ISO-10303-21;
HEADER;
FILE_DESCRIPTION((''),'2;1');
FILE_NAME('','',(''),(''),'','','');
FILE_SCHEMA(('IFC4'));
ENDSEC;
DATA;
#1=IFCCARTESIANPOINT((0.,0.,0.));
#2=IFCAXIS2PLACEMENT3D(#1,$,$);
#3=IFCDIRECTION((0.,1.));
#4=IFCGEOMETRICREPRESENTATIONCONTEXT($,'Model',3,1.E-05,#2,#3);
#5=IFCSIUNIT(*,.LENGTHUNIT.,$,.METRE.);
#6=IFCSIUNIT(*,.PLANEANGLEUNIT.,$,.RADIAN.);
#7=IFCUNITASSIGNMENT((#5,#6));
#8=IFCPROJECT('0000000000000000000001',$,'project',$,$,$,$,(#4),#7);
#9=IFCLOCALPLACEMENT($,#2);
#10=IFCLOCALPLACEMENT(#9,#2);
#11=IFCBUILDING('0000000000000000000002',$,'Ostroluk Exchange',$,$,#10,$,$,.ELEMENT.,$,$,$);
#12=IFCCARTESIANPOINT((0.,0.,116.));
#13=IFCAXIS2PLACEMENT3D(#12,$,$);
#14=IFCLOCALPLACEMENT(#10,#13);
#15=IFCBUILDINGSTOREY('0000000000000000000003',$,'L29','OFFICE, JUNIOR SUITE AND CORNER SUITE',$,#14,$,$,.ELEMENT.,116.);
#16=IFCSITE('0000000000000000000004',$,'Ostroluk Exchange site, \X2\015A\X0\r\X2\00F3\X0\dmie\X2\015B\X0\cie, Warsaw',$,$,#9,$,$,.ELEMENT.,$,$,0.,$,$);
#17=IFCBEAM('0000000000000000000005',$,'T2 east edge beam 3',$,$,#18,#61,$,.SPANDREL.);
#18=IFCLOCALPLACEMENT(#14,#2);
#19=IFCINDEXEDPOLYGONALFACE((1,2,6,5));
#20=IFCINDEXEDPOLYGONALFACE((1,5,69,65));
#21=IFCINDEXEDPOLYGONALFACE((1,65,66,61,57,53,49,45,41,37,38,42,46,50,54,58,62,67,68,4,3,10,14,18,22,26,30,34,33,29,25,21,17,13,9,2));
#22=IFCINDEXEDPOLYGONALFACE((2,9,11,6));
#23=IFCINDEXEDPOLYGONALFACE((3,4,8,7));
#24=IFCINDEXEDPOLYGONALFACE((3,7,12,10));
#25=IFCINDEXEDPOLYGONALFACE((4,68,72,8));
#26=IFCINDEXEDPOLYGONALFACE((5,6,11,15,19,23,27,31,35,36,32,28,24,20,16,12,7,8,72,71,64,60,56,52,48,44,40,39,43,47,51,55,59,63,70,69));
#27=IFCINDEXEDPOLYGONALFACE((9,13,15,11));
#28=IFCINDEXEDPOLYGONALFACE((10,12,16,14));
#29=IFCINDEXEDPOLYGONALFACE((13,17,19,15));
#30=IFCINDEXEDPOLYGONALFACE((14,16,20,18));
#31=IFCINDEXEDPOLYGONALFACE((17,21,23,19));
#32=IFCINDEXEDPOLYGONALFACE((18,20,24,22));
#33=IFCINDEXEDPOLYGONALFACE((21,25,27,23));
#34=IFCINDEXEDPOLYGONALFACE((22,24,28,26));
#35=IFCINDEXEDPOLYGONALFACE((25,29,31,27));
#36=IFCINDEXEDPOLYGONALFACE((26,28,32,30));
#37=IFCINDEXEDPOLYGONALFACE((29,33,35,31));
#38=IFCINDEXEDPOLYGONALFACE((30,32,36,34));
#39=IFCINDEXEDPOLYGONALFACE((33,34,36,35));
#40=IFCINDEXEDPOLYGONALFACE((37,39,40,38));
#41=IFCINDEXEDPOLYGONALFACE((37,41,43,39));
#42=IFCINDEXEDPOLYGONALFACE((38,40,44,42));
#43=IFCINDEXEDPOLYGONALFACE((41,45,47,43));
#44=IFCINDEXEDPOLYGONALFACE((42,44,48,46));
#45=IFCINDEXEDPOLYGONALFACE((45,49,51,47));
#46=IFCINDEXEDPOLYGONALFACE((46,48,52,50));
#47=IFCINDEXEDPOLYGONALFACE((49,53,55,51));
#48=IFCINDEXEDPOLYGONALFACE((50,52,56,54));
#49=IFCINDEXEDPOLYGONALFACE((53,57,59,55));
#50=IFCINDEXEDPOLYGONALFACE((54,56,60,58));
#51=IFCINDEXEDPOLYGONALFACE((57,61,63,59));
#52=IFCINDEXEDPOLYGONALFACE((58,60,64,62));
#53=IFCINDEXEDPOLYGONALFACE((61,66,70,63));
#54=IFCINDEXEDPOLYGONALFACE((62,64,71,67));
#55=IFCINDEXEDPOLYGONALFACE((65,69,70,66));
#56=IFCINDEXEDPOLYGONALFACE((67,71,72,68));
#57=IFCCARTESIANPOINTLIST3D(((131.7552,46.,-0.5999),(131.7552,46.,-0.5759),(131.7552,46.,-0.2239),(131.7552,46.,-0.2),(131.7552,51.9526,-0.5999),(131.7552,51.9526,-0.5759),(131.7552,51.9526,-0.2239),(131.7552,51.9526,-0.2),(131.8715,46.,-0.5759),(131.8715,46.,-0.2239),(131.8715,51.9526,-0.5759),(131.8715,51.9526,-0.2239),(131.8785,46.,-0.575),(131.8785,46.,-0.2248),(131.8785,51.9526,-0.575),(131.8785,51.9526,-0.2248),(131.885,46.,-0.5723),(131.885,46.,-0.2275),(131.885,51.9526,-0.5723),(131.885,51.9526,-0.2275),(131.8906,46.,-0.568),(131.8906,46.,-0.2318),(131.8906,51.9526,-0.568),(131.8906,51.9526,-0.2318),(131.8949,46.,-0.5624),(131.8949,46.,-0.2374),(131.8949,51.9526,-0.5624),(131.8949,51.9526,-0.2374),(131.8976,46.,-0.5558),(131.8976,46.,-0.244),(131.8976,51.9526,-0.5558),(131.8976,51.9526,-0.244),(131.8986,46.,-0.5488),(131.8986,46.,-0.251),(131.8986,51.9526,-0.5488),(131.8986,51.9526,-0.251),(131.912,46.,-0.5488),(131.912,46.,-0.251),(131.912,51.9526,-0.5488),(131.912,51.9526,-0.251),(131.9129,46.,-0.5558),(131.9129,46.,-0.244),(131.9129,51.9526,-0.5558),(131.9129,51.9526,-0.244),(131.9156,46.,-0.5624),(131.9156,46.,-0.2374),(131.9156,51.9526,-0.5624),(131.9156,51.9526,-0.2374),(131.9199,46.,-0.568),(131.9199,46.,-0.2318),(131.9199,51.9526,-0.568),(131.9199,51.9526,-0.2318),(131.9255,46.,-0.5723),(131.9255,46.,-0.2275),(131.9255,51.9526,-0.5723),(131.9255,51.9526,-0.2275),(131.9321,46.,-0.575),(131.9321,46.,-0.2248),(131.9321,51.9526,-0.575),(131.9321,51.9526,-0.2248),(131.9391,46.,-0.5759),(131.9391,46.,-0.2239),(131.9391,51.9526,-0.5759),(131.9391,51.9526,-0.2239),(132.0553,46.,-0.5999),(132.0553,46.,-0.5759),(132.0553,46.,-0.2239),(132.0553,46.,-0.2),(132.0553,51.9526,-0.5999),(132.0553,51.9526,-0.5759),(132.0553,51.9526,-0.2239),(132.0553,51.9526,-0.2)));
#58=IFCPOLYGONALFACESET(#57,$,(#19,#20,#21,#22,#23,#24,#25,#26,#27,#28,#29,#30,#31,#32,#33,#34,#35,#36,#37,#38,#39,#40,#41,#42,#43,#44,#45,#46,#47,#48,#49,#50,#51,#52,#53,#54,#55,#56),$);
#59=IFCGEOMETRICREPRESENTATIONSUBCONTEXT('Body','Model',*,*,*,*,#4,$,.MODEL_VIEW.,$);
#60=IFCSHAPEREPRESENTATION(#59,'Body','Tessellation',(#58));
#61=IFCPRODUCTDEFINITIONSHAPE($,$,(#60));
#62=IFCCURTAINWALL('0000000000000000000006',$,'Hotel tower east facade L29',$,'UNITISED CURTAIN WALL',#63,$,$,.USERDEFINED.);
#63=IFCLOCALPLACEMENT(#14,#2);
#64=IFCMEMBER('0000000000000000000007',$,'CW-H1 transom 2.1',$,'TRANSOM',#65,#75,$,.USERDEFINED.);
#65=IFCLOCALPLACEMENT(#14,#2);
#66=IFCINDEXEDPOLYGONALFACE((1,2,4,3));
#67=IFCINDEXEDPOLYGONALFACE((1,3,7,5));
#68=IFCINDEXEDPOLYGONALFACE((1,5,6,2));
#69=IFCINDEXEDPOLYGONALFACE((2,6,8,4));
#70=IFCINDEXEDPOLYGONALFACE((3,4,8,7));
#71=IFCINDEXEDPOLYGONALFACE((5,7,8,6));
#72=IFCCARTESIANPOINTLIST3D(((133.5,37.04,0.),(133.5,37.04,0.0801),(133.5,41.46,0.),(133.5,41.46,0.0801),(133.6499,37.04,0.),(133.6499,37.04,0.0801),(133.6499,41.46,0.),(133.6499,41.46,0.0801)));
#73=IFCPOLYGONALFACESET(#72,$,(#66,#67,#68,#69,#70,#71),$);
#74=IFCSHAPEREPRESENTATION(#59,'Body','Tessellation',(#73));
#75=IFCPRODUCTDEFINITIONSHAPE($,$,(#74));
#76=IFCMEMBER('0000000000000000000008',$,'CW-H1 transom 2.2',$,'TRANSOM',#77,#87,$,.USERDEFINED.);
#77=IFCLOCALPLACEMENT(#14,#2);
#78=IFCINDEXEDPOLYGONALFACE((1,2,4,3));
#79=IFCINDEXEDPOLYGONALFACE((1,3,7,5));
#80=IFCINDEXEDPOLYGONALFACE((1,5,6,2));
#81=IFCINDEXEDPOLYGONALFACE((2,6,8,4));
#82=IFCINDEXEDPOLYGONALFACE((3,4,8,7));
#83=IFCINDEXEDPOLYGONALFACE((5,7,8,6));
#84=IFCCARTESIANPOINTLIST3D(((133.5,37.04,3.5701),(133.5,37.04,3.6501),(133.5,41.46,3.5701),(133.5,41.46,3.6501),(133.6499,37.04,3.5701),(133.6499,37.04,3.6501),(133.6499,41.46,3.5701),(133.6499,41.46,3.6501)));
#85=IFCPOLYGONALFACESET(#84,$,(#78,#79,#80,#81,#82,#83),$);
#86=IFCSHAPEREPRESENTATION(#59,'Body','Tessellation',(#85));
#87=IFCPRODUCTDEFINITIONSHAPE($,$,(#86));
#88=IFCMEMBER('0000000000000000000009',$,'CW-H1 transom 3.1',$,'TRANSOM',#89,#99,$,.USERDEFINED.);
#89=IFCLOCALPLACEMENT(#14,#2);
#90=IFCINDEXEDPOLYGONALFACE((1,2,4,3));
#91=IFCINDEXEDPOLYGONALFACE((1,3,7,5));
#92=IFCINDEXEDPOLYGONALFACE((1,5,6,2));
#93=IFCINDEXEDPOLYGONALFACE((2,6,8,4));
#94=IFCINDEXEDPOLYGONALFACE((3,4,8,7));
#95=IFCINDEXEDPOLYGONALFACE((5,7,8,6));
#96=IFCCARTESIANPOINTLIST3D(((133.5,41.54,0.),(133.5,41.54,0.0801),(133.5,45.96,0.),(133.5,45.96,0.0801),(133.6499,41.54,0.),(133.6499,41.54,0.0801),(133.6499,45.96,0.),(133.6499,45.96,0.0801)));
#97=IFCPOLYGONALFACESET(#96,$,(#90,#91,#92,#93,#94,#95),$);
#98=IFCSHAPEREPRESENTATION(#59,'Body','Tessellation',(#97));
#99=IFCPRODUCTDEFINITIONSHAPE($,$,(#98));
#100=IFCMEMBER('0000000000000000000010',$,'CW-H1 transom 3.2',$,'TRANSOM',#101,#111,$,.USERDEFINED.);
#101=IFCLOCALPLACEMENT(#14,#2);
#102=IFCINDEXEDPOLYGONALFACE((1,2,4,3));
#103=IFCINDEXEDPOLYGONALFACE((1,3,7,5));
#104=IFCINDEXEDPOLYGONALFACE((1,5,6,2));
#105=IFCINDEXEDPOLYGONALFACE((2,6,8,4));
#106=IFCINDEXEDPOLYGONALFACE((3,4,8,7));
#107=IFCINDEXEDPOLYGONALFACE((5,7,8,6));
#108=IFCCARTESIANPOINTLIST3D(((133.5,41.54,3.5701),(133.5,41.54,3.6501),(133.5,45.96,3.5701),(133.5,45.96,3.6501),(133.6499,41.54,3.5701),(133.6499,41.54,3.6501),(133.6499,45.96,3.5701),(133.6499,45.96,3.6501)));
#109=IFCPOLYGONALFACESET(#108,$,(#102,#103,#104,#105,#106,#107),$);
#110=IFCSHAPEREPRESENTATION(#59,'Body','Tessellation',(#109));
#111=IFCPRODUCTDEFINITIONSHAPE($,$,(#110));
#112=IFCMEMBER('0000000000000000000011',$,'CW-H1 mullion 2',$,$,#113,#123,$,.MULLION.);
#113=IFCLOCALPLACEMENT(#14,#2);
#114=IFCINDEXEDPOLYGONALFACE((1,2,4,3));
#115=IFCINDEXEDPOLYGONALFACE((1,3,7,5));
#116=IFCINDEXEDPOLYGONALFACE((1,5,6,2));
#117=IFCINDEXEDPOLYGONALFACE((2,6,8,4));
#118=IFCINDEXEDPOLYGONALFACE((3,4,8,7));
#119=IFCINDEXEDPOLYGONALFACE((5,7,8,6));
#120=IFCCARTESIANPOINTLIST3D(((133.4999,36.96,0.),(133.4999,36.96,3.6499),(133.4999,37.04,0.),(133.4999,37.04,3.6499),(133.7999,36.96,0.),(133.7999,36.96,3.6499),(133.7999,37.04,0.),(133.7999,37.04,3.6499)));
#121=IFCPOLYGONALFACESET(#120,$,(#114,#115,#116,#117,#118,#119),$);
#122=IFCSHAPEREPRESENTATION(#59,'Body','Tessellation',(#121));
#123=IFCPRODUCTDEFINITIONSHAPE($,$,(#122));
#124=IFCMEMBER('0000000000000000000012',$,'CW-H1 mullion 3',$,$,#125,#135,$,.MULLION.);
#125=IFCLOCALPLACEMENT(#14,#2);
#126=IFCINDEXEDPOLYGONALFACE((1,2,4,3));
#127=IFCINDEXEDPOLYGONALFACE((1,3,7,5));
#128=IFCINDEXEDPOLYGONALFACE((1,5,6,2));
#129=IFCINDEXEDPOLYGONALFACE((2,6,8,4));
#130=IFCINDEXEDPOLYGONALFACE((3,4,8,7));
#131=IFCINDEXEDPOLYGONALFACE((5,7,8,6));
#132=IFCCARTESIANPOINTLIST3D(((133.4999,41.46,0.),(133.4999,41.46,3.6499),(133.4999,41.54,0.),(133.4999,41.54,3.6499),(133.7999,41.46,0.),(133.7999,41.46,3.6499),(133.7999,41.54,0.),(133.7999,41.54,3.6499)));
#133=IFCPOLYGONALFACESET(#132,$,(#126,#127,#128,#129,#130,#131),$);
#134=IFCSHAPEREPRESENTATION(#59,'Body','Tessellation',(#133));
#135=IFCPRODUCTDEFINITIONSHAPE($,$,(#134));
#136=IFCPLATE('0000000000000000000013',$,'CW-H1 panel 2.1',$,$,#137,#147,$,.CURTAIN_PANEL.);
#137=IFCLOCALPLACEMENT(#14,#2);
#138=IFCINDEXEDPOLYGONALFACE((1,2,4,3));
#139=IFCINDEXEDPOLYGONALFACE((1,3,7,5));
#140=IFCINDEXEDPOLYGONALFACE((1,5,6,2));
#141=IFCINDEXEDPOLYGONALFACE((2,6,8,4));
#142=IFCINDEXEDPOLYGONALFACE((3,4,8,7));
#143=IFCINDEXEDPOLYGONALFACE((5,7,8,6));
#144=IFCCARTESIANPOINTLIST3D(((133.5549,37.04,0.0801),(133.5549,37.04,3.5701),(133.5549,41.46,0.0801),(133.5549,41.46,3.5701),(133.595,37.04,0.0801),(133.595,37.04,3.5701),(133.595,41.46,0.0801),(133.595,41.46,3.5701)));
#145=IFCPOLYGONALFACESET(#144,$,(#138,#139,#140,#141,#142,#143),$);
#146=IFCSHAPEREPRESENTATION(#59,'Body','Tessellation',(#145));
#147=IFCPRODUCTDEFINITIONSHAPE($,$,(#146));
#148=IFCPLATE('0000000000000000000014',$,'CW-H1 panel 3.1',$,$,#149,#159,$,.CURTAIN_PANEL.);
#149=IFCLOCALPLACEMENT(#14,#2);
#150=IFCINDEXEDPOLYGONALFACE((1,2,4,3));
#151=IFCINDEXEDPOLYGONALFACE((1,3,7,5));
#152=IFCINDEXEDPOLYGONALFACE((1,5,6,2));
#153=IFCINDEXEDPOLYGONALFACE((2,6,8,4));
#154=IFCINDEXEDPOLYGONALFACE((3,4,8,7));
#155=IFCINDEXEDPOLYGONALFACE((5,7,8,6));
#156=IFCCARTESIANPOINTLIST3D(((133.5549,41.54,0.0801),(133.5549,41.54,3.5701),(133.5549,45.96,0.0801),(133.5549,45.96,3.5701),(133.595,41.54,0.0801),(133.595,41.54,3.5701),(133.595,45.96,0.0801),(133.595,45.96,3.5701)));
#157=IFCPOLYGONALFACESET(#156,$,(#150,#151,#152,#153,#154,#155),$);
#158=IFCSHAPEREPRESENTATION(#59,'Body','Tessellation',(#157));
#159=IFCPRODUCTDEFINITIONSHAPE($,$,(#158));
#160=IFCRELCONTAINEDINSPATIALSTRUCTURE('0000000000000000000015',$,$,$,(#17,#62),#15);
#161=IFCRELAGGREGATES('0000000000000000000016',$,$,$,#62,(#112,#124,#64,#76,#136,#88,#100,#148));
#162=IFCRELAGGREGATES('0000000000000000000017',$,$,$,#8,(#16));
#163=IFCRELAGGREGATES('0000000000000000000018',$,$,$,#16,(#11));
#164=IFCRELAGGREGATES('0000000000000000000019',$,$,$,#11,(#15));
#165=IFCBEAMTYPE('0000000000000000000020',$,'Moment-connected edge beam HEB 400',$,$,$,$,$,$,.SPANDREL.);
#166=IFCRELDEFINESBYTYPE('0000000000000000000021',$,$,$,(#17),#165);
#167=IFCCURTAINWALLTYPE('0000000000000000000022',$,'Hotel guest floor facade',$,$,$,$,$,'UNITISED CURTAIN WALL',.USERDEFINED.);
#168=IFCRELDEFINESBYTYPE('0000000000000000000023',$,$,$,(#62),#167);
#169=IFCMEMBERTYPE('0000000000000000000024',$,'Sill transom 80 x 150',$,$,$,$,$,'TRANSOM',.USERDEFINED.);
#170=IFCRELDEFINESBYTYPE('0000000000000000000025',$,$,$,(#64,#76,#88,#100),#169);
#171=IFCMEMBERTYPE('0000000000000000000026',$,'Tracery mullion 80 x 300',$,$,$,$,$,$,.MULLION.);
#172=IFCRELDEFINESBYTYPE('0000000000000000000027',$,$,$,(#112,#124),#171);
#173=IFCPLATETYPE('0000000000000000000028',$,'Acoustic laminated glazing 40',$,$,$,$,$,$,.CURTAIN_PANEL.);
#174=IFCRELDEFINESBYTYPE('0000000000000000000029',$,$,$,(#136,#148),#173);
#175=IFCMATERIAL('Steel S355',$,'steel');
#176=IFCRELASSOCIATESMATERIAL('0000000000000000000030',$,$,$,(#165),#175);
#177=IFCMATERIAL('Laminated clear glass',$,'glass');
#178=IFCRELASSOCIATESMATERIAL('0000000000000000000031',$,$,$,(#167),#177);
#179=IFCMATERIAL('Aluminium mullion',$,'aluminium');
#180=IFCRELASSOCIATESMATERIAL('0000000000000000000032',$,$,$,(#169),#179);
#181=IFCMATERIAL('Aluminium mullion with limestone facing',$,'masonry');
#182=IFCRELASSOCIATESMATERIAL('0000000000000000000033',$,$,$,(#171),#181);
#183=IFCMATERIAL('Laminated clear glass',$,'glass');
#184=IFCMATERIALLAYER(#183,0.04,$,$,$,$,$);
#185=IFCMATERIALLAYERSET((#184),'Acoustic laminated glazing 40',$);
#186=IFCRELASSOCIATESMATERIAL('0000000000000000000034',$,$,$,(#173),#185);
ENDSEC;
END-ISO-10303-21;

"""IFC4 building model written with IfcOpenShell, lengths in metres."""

from ifc_helpers import new_model, si_unit, direction, frame, origin, origin_2d, place, context, subcontext, project, spatial, rectangle, i_section, extrude, material, layer, layer_set, material_profile, profile_set, type_object, element, aggregate, save


model = new_model("IFC4")

# Units and contexts
model_context = context("Model", 3, precision=1e-05, world=origin(), true_north=direction((0.0, 1.0)))
body_context = subcontext(model_context, "Body", "Model", "MODEL_VIEW")
ifc_project = project(units=[si_unit("LENGTHUNIT", "METRE"), si_unit("PLANEANGLEUNIT", "RADIAN")], contexts=[model_context])

# Site, building, storey
site_placement = place(None, origin())
site = spatial("IfcSite", under=ifc_project, at=site_placement, Name="Ostroluk Exchange site, Śródmieście, Warsaw", CompositionType="ELEMENT", RefElevation=0.0)
building_placement = place(site_placement, origin())
building = spatial("IfcBuilding", under=site, at=building_placement, Name="Ostroluk Exchange", CompositionType="ELEMENT")
storey_placement = place(building_placement, frame((0.0, 0.0, 116.0)))
storey = spatial("IfcBuildingStorey", under=building, at=storey_placement, Name="L29", Description="OFFICE, JUNIOR SUITE AND CORNER SUITE", CompositionType="ELEMENT", Elevation=116.0)

# Beam
ifc_material_1 = material(Name="Steel S355", Category="steel")
ifc_material_profile_1 = material_profile(ifc_material_1, i_section(OverallWidth=0.3, OverallDepth=0.3999, WebThickness=0.0134, FlangeThickness=0.0239, FilletRadius=0.0271, at=origin_2d()), Name="HEB 400")
ifc_profile_set_1 = profile_set([ifc_material_profile_1], Name="Steel S355")
beam_type = type_object("IfcBeamType", Name="Moment-connected edge beam HEB 400", PredefinedType="SPANDREL", material=ifc_profile_set_1)
for number, where, z_axis, x_axis, name in (
    (1, (131.9053, 46.0, -0.3999), (0.0, 1.0, 0.0), (-1.0, 0.0, 0.0), "T2 east edge beam 3"),
):
    element("IfcBeam", number, at=place(storey_placement, frame(where, z_axis=z_axis, x_axis=x_axis)), inside=storey, type_object=beam_type, Name=name, PredefinedType="SPANDREL", context=body_context, shape_type="SweptSolid", body=[
        extrude(i_section(OverallWidth=0.3, OverallDepth=0.3999, WebThickness=0.0134, FlangeThickness=0.0239, FilletRadius=0.0271, at=origin_2d()), origin(), (0.0, 0.0, 1.0), 5.9526),
    ])

# Curtain wall, members, plates
ifc_material_2 = material(Name="Laminated clear glass", Category="glass")
curtain_wall_type = type_object("IfcCurtainWallType", Name="Hotel guest floor facade", ElementType="UNITISED CURTAIN WALL", PredefinedType="USERDEFINED", material=ifc_material_2)
curtain_wall_placement = place(storey_placement, origin())
curtain_wall = element("IfcCurtainWall", 2, at=curtain_wall_placement, inside=storey, type_object=curtain_wall_type, Name="Hotel tower east facade L29", ObjectType="UNITISED CURTAIN WALL", PredefinedType="USERDEFINED")
ifc_material_3 = material(Name="Aluminium mullion", Category="aluminium")
ifc_material_profile_2 = material_profile(ifc_material_3, rectangle(XDim=0.1499, YDim=0.0801, at=origin_2d()), Name="Sill transom 80 x 150")
ifc_profile_set_2 = profile_set([ifc_material_profile_2], Name="Aluminium mullion")
member_type_1 = type_object("IfcMemberType", Name="Sill transom 80 x 150", ElementType="TRANSOM", PredefinedType="USERDEFINED", material=ifc_profile_set_2)
member_1_placement = place(storey_placement, frame((133.575, 37.04, 0.04), z_axis=(0.0, 1.0, 0.0), x_axis=(-1.0, 0.0, 0.0)))
member_1 = element("IfcMember", 3, at=member_1_placement, type_object=member_type_1, Name="CW-H1 transom 2.1", ObjectType="TRANSOM", PredefinedType="USERDEFINED", context=body_context, shape_type="SweptSolid", body=[
    extrude(rectangle(XDim=0.1499, YDim=0.0801, at=origin_2d()), origin(), (0.0, 0.0, 1.0), 4.4199),
])
member_2_placement = place(storey_placement, frame((133.575, 37.04, 3.6101), z_axis=(0.0, 1.0, 0.0), x_axis=(-1.0, 0.0, 0.0)))
member_2 = element("IfcMember", 4, at=member_2_placement, type_object=member_type_1, Name="CW-H1 transom 2.2", ObjectType="TRANSOM", PredefinedType="USERDEFINED", context=body_context, shape_type="SweptSolid", body=[
    extrude(rectangle(XDim=0.1499, YDim=0.0801, at=origin_2d()), origin(), (0.0, 0.0, 1.0), 4.4199),
])
member_3_placement = place(storey_placement, frame((133.575, 41.54, 0.04), z_axis=(0.0, 1.0, 0.0), x_axis=(-1.0, 0.0, 0.0)))
member_3 = element("IfcMember", 5, at=member_3_placement, type_object=member_type_1, Name="CW-H1 transom 3.1", ObjectType="TRANSOM", PredefinedType="USERDEFINED", context=body_context, shape_type="SweptSolid", body=[
    extrude(rectangle(XDim=0.1499, YDim=0.0801, at=origin_2d()), origin(), (0.0, 0.0, 1.0), 4.4199),
])
member_4_placement = place(storey_placement, frame((133.575, 41.54, 3.6101), z_axis=(0.0, 1.0, 0.0), x_axis=(-1.0, 0.0, 0.0)))
member_4 = element("IfcMember", 6, at=member_4_placement, type_object=member_type_1, Name="CW-H1 transom 3.2", ObjectType="TRANSOM", PredefinedType="USERDEFINED", context=body_context, shape_type="SweptSolid", body=[
    extrude(rectangle(XDim=0.1499, YDim=0.0801, at=origin_2d()), origin(), (0.0, 0.0, 1.0), 4.4199),
])
ifc_material_4 = material(Name="Aluminium mullion with limestone facing", Category="masonry")
ifc_material_profile_3 = material_profile(ifc_material_4, rectangle(XDim=0.3, YDim=0.0801, at=origin_2d()), Name="Tracery mullion 80 x 300")
ifc_profile_set_3 = profile_set([ifc_material_profile_3], Name="Aluminium mullion with limestone facing")
member_type_2 = type_object("IfcMemberType", Name="Tracery mullion 80 x 300", PredefinedType="MULLION", material=ifc_profile_set_3)
member_5_placement = place(storey_placement, frame((133.6499, 37.0, 0.0), z_axis=(0.0, 0.0, 1.0), x_axis=(-1.0, 0.0, 0.0)))
member_5 = element("IfcMember", 7, at=member_5_placement, type_object=member_type_2, Name="CW-H1 mullion 2", PredefinedType="MULLION", context=body_context, shape_type="SweptSolid", body=[
    extrude(rectangle(XDim=0.3, YDim=0.0801, at=origin_2d()), origin(), (0.0, 0.0, 1.0), 3.6499),
])
member_6_placement = place(storey_placement, frame((133.6499, 41.5, 0.0), z_axis=(0.0, 0.0, 1.0), x_axis=(-1.0, 0.0, 0.0)))
member_6 = element("IfcMember", 8, at=member_6_placement, type_object=member_type_2, Name="CW-H1 mullion 3", PredefinedType="MULLION", context=body_context, shape_type="SweptSolid", body=[
    extrude(rectangle(XDim=0.3, YDim=0.0801, at=origin_2d()), origin(), (0.0, 0.0, 1.0), 3.6499),
])
ifc_material_5 = material(Name="Laminated clear glass", Category="glass")
ifc_layer_1 = layer(ifc_material_5, 0.04)
ifc_layer_set_1 = layer_set([ifc_layer_1], Name="Acoustic laminated glazing 40")
plate_type = type_object("IfcPlateType", Name="Acoustic laminated glazing 40", PredefinedType="CURTAIN_PANEL", material=ifc_layer_set_1)
plate_1_placement = place(storey_placement, frame((133.575, 39.25, 0.0801), z_axis=(0.0, 0.0, 1.0), x_axis=(0.0, 1.0, 0.0)))
plate_1 = element("IfcPlate", 9, at=plate_1_placement, type_object=plate_type, Name="CW-H1 panel 2.1", PredefinedType="CURTAIN_PANEL", context=body_context, shape_type="SweptSolid", body=[
    extrude(rectangle(XDim=4.4199, YDim=0.04, at=origin_2d()), origin(), (0.0, 0.0, 1.0), 3.49),
])
plate_2_placement = place(storey_placement, frame((133.575, 43.75, 0.0801), z_axis=(0.0, 0.0, 1.0), x_axis=(0.0, 1.0, 0.0)))
plate_2 = element("IfcPlate", 10, at=plate_2_placement, type_object=plate_type, Name="CW-H1 panel 3.1", PredefinedType="CURTAIN_PANEL", context=body_context, shape_type="SweptSolid", body=[
    extrude(rectangle(XDim=4.4199, YDim=0.04, at=origin_2d()), origin(), (0.0, 0.0, 1.0), 3.49),
])
aggregate(curtain_wall, [member_5, member_6, member_1, member_2, plate_1, member_3, member_4, plate_2])

save(model, "model.ifc")
